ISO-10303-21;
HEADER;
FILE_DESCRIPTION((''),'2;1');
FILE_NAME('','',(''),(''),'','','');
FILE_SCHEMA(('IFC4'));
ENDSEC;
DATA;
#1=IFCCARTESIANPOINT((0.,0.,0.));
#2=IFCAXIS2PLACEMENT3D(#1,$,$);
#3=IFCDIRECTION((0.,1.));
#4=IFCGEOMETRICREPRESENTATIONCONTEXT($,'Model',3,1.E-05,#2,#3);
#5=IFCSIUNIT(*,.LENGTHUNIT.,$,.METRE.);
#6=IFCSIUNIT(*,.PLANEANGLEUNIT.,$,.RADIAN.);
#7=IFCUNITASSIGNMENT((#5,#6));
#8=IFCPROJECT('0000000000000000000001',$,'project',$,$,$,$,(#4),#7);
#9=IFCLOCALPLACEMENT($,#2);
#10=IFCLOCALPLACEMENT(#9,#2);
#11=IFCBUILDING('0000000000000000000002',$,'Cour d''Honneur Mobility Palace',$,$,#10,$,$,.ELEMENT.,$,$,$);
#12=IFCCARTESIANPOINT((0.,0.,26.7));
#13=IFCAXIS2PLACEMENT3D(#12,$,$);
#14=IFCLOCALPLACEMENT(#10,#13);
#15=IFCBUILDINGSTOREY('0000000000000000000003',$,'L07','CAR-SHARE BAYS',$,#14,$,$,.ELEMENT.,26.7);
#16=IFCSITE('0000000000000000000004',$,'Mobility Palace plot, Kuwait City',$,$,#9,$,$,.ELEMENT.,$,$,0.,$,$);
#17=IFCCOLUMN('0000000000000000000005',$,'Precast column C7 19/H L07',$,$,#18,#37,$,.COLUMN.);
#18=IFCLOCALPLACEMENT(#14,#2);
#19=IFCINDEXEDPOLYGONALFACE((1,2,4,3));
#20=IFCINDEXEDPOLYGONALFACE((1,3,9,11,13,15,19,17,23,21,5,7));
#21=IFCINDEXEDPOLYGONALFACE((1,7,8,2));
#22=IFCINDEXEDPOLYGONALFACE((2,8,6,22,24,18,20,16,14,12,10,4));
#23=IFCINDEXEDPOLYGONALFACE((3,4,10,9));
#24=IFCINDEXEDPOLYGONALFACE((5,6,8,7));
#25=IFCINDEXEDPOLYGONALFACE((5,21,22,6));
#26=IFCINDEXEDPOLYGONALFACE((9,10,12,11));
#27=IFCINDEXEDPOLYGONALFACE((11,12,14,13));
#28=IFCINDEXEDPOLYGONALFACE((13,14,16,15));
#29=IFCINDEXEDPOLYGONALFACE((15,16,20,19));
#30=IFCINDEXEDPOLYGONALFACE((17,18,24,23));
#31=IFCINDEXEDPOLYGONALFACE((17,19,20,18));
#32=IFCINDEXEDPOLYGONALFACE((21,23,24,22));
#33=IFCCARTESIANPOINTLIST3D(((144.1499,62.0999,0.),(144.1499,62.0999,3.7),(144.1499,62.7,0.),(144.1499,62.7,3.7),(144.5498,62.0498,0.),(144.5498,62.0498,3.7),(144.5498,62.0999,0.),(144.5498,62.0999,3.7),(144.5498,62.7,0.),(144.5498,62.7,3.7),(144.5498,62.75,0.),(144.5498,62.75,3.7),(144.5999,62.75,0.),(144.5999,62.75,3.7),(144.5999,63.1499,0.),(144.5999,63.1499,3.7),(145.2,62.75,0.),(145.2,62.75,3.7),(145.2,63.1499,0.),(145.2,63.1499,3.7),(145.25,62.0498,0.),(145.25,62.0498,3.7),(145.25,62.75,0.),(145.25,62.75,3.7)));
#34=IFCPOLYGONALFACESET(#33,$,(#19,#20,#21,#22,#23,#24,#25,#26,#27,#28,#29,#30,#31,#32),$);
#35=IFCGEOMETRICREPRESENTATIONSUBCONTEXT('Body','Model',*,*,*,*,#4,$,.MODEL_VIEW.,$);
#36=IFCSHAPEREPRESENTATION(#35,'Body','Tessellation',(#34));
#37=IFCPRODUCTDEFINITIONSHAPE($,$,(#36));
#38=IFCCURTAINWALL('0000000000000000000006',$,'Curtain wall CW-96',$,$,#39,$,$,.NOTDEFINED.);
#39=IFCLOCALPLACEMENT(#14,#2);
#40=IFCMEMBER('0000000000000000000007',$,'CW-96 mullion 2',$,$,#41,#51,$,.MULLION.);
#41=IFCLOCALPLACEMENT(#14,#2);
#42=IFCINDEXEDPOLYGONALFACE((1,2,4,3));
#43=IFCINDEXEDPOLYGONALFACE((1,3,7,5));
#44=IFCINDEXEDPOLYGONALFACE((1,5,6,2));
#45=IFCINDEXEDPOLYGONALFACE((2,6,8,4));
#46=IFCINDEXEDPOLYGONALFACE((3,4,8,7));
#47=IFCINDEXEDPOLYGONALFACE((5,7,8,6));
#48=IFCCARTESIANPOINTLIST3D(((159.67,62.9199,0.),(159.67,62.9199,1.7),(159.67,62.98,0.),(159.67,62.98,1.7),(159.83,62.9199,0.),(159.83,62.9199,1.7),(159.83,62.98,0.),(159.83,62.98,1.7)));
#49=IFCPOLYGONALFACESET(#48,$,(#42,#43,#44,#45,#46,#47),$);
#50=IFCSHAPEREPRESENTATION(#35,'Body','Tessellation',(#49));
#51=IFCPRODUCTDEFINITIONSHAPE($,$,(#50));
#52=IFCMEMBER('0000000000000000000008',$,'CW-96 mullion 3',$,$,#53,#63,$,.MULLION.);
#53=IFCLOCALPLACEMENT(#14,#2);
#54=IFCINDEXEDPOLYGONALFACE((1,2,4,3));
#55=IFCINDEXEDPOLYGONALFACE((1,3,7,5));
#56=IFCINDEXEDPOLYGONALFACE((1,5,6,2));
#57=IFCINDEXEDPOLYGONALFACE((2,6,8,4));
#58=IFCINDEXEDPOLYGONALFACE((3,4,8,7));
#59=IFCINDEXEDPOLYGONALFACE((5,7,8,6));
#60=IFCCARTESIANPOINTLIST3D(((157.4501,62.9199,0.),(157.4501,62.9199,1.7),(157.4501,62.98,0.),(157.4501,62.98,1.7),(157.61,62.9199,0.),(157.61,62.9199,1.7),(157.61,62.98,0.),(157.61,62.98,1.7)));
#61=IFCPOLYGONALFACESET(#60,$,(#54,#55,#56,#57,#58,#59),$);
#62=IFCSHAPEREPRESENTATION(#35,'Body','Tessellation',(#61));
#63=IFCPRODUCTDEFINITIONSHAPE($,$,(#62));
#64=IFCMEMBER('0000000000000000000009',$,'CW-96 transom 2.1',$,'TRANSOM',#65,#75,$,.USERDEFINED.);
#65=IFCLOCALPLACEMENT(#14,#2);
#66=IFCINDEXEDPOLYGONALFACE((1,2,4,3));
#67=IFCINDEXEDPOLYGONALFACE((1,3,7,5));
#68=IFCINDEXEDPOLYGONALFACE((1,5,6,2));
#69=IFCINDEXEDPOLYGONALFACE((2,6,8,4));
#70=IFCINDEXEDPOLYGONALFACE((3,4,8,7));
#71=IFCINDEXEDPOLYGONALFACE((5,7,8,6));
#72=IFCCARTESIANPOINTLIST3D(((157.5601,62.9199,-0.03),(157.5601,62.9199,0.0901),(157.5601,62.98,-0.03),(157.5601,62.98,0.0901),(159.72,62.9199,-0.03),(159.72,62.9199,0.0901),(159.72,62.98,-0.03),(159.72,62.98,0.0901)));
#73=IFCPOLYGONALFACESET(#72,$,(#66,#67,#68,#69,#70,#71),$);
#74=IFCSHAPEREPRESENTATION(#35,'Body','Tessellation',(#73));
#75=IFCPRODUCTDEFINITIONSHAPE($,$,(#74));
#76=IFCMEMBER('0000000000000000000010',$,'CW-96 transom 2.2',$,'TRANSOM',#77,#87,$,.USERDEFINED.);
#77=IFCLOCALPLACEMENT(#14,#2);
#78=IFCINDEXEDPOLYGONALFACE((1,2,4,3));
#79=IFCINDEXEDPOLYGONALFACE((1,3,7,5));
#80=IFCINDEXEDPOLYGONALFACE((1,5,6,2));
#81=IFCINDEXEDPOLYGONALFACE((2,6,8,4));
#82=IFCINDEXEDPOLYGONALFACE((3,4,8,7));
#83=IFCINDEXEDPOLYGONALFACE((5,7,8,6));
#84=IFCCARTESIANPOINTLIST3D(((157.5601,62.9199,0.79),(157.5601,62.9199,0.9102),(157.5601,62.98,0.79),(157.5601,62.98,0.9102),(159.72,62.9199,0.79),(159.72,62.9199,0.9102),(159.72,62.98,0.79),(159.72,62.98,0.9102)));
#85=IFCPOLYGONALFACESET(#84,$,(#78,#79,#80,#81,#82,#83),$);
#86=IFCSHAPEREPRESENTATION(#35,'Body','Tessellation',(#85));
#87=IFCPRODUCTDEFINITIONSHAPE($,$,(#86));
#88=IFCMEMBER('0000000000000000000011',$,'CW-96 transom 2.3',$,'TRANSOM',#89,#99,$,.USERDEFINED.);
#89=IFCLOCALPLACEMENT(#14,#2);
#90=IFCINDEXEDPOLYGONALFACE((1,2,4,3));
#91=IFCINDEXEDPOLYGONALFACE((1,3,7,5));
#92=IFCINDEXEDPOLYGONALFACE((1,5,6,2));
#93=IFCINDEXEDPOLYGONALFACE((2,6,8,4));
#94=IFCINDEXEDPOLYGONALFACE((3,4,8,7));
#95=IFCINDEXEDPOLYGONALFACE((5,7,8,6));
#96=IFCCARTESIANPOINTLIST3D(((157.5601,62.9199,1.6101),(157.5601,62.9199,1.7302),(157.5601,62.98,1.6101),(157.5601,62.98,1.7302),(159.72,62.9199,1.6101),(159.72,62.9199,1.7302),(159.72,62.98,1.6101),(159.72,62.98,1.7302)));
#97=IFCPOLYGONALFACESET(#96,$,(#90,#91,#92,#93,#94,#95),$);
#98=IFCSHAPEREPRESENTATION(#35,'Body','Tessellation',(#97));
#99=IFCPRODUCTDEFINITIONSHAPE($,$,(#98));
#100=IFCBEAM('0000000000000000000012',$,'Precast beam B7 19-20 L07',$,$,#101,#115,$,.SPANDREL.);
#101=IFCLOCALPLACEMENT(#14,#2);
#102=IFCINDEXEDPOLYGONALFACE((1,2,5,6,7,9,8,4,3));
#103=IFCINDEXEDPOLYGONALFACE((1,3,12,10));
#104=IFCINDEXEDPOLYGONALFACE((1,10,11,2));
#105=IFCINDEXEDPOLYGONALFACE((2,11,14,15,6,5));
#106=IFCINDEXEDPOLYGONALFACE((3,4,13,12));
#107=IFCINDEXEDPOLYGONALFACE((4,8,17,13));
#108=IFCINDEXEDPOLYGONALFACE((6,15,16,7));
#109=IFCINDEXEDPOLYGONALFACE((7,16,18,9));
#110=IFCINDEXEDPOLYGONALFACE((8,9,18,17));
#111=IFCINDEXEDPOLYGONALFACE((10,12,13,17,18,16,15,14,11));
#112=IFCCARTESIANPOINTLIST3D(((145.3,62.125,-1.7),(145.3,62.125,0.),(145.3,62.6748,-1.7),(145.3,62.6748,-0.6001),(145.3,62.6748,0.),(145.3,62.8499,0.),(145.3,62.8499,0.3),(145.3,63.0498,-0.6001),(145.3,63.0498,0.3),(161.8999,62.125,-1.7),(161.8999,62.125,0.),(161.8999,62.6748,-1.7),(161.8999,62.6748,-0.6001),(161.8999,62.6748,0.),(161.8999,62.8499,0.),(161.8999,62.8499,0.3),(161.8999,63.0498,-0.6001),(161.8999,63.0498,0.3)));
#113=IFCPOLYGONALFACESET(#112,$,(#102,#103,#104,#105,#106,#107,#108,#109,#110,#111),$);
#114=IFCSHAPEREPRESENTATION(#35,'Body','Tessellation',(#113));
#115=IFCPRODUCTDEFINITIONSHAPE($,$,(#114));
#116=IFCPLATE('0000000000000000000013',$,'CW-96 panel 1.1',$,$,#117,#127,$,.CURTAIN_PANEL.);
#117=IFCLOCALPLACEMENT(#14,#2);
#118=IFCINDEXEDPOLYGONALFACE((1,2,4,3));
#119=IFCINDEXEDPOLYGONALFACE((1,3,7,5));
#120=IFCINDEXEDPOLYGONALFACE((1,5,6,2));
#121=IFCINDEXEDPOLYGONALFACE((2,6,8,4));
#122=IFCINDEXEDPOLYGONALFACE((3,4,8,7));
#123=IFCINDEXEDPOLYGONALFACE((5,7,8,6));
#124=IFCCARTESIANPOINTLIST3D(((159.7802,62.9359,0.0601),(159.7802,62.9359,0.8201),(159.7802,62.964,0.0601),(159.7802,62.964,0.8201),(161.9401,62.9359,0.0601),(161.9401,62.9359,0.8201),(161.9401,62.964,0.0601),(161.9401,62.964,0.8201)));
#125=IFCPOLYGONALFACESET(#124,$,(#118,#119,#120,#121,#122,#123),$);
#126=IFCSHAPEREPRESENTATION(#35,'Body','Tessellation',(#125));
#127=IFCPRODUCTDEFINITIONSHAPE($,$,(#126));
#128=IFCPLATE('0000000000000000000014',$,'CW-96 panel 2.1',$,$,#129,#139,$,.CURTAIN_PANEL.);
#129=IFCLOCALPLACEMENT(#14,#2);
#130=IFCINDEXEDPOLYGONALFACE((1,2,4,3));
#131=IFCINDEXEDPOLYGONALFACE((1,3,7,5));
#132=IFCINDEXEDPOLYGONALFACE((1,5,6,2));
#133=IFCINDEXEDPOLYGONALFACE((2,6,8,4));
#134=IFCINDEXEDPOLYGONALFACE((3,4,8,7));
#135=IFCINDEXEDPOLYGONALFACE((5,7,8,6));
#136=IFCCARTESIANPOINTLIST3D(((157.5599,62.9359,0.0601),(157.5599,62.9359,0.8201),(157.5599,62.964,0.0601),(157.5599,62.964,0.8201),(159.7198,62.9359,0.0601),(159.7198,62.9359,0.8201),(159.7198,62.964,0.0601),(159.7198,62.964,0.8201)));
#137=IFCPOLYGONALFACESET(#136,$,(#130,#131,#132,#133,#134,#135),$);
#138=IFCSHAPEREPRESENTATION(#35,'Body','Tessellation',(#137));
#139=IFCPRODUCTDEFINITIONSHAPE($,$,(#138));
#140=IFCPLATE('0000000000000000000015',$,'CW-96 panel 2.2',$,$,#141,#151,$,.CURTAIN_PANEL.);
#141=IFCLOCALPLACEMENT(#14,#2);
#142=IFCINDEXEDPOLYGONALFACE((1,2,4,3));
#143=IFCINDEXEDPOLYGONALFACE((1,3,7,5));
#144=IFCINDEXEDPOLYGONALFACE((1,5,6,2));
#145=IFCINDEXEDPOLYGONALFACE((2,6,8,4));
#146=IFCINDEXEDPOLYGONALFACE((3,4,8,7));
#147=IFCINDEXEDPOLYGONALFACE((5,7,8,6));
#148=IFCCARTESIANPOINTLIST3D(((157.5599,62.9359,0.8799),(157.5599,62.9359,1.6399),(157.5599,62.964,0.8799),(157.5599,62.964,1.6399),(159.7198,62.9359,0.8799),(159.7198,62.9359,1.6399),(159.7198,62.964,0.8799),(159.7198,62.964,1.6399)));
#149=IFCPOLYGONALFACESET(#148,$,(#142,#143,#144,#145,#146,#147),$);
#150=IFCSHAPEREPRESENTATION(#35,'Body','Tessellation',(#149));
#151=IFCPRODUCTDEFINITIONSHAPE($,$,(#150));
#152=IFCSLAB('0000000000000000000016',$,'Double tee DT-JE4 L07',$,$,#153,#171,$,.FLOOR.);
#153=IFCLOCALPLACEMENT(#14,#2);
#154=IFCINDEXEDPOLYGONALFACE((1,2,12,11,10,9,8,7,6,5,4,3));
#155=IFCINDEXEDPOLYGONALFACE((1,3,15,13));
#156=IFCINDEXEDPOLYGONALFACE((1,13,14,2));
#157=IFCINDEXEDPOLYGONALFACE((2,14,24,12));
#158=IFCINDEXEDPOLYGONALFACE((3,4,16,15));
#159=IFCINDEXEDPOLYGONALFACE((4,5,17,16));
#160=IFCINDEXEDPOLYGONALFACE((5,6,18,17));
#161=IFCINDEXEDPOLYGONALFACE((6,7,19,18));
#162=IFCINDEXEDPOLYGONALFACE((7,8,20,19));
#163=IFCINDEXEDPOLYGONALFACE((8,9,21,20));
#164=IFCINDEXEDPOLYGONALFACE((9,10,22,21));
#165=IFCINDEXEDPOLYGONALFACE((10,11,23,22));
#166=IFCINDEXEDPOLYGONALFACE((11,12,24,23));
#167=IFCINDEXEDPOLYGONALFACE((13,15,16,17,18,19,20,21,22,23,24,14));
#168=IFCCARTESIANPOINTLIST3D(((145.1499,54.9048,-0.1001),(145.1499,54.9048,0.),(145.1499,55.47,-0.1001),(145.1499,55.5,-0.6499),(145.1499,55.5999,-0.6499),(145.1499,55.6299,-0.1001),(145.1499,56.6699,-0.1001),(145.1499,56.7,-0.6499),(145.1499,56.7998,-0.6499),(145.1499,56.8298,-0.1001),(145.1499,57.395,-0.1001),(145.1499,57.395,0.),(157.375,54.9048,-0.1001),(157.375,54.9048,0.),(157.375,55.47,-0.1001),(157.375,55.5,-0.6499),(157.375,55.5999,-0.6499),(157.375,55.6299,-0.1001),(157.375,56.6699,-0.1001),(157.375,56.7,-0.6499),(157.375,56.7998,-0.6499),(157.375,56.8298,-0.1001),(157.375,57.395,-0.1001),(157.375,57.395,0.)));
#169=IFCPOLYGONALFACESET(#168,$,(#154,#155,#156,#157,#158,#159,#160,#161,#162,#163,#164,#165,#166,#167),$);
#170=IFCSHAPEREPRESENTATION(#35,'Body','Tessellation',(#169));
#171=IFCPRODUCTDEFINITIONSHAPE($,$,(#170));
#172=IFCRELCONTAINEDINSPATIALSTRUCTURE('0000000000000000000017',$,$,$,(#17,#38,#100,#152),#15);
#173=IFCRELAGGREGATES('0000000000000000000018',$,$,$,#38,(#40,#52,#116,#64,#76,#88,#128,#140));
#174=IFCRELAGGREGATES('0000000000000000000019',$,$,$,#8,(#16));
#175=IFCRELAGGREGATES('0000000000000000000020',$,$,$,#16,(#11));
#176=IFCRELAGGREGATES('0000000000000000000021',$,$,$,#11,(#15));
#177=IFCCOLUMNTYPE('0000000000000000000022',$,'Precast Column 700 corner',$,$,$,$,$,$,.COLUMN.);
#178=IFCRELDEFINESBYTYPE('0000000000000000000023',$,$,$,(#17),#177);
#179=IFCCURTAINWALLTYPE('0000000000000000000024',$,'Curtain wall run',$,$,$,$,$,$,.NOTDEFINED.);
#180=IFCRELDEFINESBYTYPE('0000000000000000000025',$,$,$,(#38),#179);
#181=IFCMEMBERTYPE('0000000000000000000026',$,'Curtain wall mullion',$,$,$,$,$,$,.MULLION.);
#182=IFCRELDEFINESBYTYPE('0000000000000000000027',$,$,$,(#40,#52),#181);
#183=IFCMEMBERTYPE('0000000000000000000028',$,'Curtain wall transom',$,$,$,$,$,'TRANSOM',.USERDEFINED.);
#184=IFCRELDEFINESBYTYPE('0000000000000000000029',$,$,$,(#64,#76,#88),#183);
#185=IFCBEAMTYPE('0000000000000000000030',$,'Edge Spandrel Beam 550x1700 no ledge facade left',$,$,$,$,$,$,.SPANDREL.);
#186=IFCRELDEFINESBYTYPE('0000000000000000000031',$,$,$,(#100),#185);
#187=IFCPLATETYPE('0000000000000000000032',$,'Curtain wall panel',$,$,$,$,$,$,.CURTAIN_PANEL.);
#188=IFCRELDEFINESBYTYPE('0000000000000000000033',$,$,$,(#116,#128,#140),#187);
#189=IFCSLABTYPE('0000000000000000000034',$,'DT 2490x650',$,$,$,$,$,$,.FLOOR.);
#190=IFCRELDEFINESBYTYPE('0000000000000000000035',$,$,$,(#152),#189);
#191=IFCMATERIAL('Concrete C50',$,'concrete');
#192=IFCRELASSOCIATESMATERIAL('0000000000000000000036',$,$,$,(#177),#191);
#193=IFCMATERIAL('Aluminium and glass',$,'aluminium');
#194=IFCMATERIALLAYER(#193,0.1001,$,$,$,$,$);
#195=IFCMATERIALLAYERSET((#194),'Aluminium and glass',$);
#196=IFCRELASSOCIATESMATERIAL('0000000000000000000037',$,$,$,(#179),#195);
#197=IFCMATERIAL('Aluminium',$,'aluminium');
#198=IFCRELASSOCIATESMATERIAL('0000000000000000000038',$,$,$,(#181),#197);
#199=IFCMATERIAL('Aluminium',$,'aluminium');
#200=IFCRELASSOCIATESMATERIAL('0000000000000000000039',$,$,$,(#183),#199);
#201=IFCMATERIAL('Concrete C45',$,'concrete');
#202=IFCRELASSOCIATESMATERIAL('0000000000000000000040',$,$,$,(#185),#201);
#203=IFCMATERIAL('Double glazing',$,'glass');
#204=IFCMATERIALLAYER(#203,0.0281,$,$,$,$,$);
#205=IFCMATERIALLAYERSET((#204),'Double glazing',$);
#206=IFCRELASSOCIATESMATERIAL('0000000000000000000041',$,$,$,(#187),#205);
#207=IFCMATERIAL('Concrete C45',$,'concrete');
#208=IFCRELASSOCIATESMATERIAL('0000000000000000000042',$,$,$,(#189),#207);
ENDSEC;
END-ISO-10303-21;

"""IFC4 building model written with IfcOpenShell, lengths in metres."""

from ifc_helpers import new_model, si_unit, direction, frame, origin, origin_2d, place, context, subcontext, project, spatial, polyline, rectangle, outline, extrude, material, layer, layer_set, material_profile, profile_set, type_object, element, aggregate, save


model = new_model("IFC4")

# Units and contexts
model_context = context("Model", 3, precision=1e-05, world=origin(), true_north=direction((0.0, 1.0)))
body_context = subcontext(model_context, "Body", "Model", "MODEL_VIEW")
ifc_project = project(units=[si_unit("LENGTHUNIT", "METRE"), si_unit("PLANEANGLEUNIT", "RADIAN")], contexts=[model_context])

# Site, building, storey
site_placement = place(None, origin())
site = spatial("IfcSite", under=ifc_project, at=site_placement, Name="Mobility Palace plot, Kuwait City", CompositionType="ELEMENT", RefElevation=0.0)
building_placement = place(site_placement, origin())
building = spatial("IfcBuilding", under=site, at=building_placement, Name="Cour d'Honneur Mobility Palace", CompositionType="ELEMENT")
storey_placement = place(building_placement, frame((0.0, 0.0, 26.7)))
storey = spatial("IfcBuildingStorey", under=building, at=storey_placement, Name="L07", Description="CAR-SHARE BAYS", CompositionType="ELEMENT", Elevation=26.7)

# Column
ifc_material_1 = material(Name="Concrete C50", Category="concrete")
ifc_material_profile_1 = material_profile(ifc_material_1, outline(polyline([(-0.3501, -0.3501), (0.3501, -0.3501), (0.3501, -0.3), (0.75, -0.3), (0.75, 0.3), (0.3501, 0.3), (0.3501, 0.3501), (0.3, 0.3501), (0.3, 0.75), (-0.3, 0.75), (-0.3, 0.3501), (-0.3501, 0.3501), (-0.3501, -0.3501)])), Name="PC C700 corner")
ifc_profile_set_1 = profile_set([ifc_material_profile_1], Name="Concrete C50")
column_type = type_object("IfcColumnType", Name="Precast Column 700 corner", PredefinedType="COLUMN", material=ifc_profile_set_1)
column_placement = place(storey_placement, frame((144.8999, 62.3999, 0.0), z_axis=(0.0, 0.0, 1.0), x_axis=(0.0, 1.0, 0.0)))
element("IfcColumn", 1, at=column_placement, inside=storey, type_object=column_type, Name="Precast column C7 19/H L07", PredefinedType="COLUMN", context=body_context, shape_type="SweptSolid", body=[
    extrude(outline(polyline([(-0.3501, -0.3501), (0.3501, -0.3501), (0.3501, -0.3), (0.75, -0.3), (0.75, 0.3), (0.3501, 0.3), (0.3501, 0.3501), (0.3, 0.3501), (0.3, 0.75), (-0.3, 0.75), (-0.3, 0.3501), (-0.3501, 0.3501), (-0.3501, -0.3501)])), origin(), (0.0, 0.0, 1.0), 3.7),
])

# Curtain wall, members
ifc_material_2 = material(Name="Aluminium and glass", Category="aluminium")
ifc_layer_1 = layer(ifc_material_2, 0.1001)
ifc_layer_set_1 = layer_set([ifc_layer_1], Name="Aluminium and glass")
curtain_wall_type = type_object("IfcCurtainWallType", Name="Curtain wall run", PredefinedType="NOTDEFINED", material=ifc_layer_set_1)
curtain_wall_placement = place(storey_placement, origin())
curtain_wall = element("IfcCurtainWall", 2, at=curtain_wall_placement, inside=storey, type_object=curtain_wall_type, Name="Curtain wall CW-96", PredefinedType="NOTDEFINED")
ifc_material_3 = material(Name="Aluminium", Category="aluminium")
ifc_material_profile_2 = material_profile(ifc_material_3, rectangle(XDim=0.0601, YDim=0.1599, at=origin_2d()), Name="Curtain wall mullion")
ifc_profile_set_2 = profile_set([ifc_material_profile_2], Name="Aluminium")
member_type_1 = type_object("IfcMemberType", Name="Curtain wall mullion", PredefinedType="MULLION", material=ifc_profile_set_2)
member_1_placement = place(storey_placement, frame((159.75, 62.95, 0.0), z_axis=(0.0, 0.0, 1.0), x_axis=(0.0, -1.0, 0.0)))
member_1 = element("IfcMember", 3, at=member_1_placement, type_object=member_type_1, Name="CW-96 mullion 2", PredefinedType="MULLION", context=body_context, shape_type="SweptSolid", body=[
    extrude(rectangle(XDim=0.0601, YDim=0.1599, at=origin_2d()), origin(), (0.0, 0.0, 1.0), 1.7),
])
member_2_placement = place(storey_placement, frame((157.53, 62.95, 0.0), z_axis=(0.0, 0.0, 1.0), x_axis=(0.0, -1.0, 0.0)))
member_2 = element("IfcMember", 4, at=member_2_placement, type_object=member_type_1, Name="CW-96 mullion 3", PredefinedType="MULLION", context=body_context, shape_type="SweptSolid", body=[
    extrude(rectangle(XDim=0.0601, YDim=0.1599, at=origin_2d()), origin(), (0.0, 0.0, 1.0), 1.7),
])
ifc_material_4 = material(Name="Aluminium", Category="aluminium")
ifc_material_profile_3 = material_profile(ifc_material_4, rectangle(XDim=0.0601, YDim=0.1201, at=origin_2d()), Name="Curtain wall transom")
ifc_profile_set_3 = profile_set([ifc_material_profile_3], Name="Aluminium")
member_type_2 = type_object("IfcMemberType", Name="Curtain wall transom", ElementType="TRANSOM", PredefinedType="USERDEFINED", material=ifc_profile_set_3)
member_3_placement = place(storey_placement, frame((159.72, 62.95, 0.03), z_axis=(-1.0, 0.0, 0.0), x_axis=(0.0, -1.0, 0.0)))
member_3 = element("IfcMember", 5, at=member_3_placement, type_object=member_type_2, Name="CW-96 transom 2.1", ObjectType="TRANSOM", PredefinedType="USERDEFINED", context=body_context, shape_type="SweptSolid", body=[
    extrude(rectangle(XDim=0.0601, YDim=0.1201, at=origin_2d()), origin(), (0.0, 0.0, 1.0), 2.1599),
])
member_4_placement = place(storey_placement, frame((159.72, 62.95, 0.8501), z_axis=(-1.0, 0.0, 0.0), x_axis=(0.0, -1.0, 0.0)))
member_4 = element("IfcMember", 6, at=member_4_placement, type_object=member_type_2, Name="CW-96 transom 2.2", ObjectType="TRANSOM", PredefinedType="USERDEFINED", context=body_context, shape_type="SweptSolid", body=[
    extrude(rectangle(XDim=0.0601, YDim=0.1201, at=origin_2d()), origin(), (0.0, 0.0, 1.0), 2.1599),
])
member_5_placement = place(storey_placement, frame((159.72, 62.95, 1.6702), z_axis=(-1.0, 0.0, 0.0), x_axis=(0.0, -1.0, 0.0)))
member_5 = element("IfcMember", 7, at=member_5_placement, type_object=member_type_2, Name="CW-96 transom 2.3", ObjectType="TRANSOM", PredefinedType="USERDEFINED", context=body_context, shape_type="SweptSolid", body=[
    extrude(rectangle(XDim=0.0601, YDim=0.1201, at=origin_2d()), origin(), (0.0, 0.0, 1.0), 2.1599),
])

# Beam
ifc_material_5 = material(Name="Concrete C45", Category="concrete")
ifc_material_profile_4 = material_profile(ifc_material_5, outline(polyline([(0.2749, -1.7), (0.2749, -0.6001), (0.6499, -0.6001), (0.6499, 0.3), (0.45, 0.3), (0.45, 0.0), (0.2749, 0.0), (-0.2749, 0.0), (-0.2749, -1.7), (0.2749, -1.7)])), Name="Edge Spandrel Beam 550x1700 no ledge facade left")
ifc_profile_set_4 = profile_set([ifc_material_profile_4], Name="Concrete C45")
beam_type = type_object("IfcBeamType", Name="Edge Spandrel Beam 550x1700 no ledge facade left", PredefinedType="SPANDREL", material=ifc_profile_set_4)
beam_placement = place(storey_placement, frame((145.3, 62.3999, 0.0), z_axis=(1.0, 0.0, 0.0), x_axis=(0.0, 1.0, 0.0)))
element("IfcBeam", 8, at=beam_placement, inside=storey, type_object=beam_type, Name="Precast beam B7 19-20 L07", PredefinedType="SPANDREL", context=body_context, shape_type="SweptSolid", body=[
    extrude(outline(polyline([(0.2749, -1.7), (0.2749, -0.6001), (0.6499, -0.6001), (0.6499, 0.3), (0.45, 0.3), (0.45, 0.0), (0.2749, 0.0), (-0.2749, 0.0), (-0.2749, -1.7), (0.2749, -1.7)])), origin(), (0.0, 0.0, 1.0), 16.5999),
])

# Plates
ifc_material_6 = material(Name="Double glazing", Category="glass")
ifc_layer_2 = layer(ifc_material_6, 0.0281)
ifc_layer_set_2 = layer_set([ifc_layer_2], Name="Double glazing")
plate_type = type_object("IfcPlateType", Name="Curtain wall panel", PredefinedType="CURTAIN_PANEL", material=ifc_layer_set_2)
plate_1_placement = place(storey_placement, frame((160.8601, 62.95, 0.0601), z_axis=(0.0, 0.0, 1.0), x_axis=(-1.0, 0.0, 0.0)))
plate_1 = element("IfcPlate", 9, at=plate_1_placement, type_object=plate_type, Name="CW-96 panel 1.1", PredefinedType="CURTAIN_PANEL", context=body_context, shape_type="SweptSolid", body=[
    extrude(rectangle(XDim=2.1599, YDim=0.0281, at=origin_2d()), origin(), (0.0, 0.0, 1.0), 0.76),
])
plate_2_placement = place(storey_placement, frame((158.6399, 62.95, 0.0601), z_axis=(0.0, 0.0, 1.0), x_axis=(-1.0, 0.0, 0.0)))
plate_2 = element("IfcPlate", 10, at=plate_2_placement, type_object=plate_type, Name="CW-96 panel 2.1", PredefinedType="CURTAIN_PANEL", context=body_context, shape_type="SweptSolid", body=[
    extrude(rectangle(XDim=2.1599, YDim=0.0281, at=origin_2d()), origin(), (0.0, 0.0, 1.0), 0.76),
])
plate_3_placement = place(storey_placement, frame((158.6399, 62.95, 0.8799), z_axis=(0.0, 0.0, 1.0), x_axis=(-1.0, 0.0, 0.0)))
plate_3 = element("IfcPlate", 11, at=plate_3_placement, type_object=plate_type, Name="CW-96 panel 2.2", PredefinedType="CURTAIN_PANEL", context=body_context, shape_type="SweptSolid", body=[
    extrude(rectangle(XDim=2.1599, YDim=0.0281, at=origin_2d()), origin(), (0.0, 0.0, 1.0), 0.76),
])
aggregate(curtain_wall, [member_1, member_2, plate_1, member_3, member_4, member_5, plate_2, plate_3])

# Slab
ifc_material_7 = material(Name="Concrete C45", Category="concrete")
ifc_material_profile_5 = material_profile(ifc_material_7, outline(polyline([(-1.2451, 0.0), (1.2451, 0.0), (1.2451, -0.1001), (0.6799, -0.1001), (0.6499, -0.6499), (0.55, -0.6499), (0.52, -0.1001), (-0.52, -0.1001), (-0.55, -0.6499), (-0.6499, -0.6499), (-0.6799, -0.1001), (-1.2451, -0.1001), (-1.2451, 0.0)])), Name="DT 2490x650")
ifc_profile_set_5 = profile_set([ifc_material_profile_5], Name="Concrete C45")
slab_type = type_object("IfcSlabType", Name="DT 2490x650", PredefinedType="FLOOR", material=ifc_profile_set_5)
for number, where, z_axis, x_axis, name in (
    (12, (145.1499, 56.1499, 0.0), (1.0, 0.0, 0.0), (0.0, 1.0, 0.0), "Double tee DT-JE4 L07"),
):
    element("IfcSlab", number, at=place(storey_placement, frame(where, z_axis=z_axis, x_axis=x_axis)), inside=storey, type_object=slab_type, Name=name, PredefinedType="FLOOR", context=body_context, shape_type="SweptSolid", body=[
        extrude(outline(polyline([(-1.2451, 0.0), (1.2451, 0.0), (1.2451, -0.1001), (0.6799, -0.1001), (0.6499, -0.6499), (0.55, -0.6499), (0.52, -0.1001), (-0.52, -0.1001), (-0.55, -0.6499), (-0.6499, -0.6499), (-0.6799, -0.1001), (-1.2451, -0.1001), (-1.2451, 0.0)])), origin(), (0.0, 0.0, 1.0), 12.2251),
    ])

save(model, "model.ifc")
